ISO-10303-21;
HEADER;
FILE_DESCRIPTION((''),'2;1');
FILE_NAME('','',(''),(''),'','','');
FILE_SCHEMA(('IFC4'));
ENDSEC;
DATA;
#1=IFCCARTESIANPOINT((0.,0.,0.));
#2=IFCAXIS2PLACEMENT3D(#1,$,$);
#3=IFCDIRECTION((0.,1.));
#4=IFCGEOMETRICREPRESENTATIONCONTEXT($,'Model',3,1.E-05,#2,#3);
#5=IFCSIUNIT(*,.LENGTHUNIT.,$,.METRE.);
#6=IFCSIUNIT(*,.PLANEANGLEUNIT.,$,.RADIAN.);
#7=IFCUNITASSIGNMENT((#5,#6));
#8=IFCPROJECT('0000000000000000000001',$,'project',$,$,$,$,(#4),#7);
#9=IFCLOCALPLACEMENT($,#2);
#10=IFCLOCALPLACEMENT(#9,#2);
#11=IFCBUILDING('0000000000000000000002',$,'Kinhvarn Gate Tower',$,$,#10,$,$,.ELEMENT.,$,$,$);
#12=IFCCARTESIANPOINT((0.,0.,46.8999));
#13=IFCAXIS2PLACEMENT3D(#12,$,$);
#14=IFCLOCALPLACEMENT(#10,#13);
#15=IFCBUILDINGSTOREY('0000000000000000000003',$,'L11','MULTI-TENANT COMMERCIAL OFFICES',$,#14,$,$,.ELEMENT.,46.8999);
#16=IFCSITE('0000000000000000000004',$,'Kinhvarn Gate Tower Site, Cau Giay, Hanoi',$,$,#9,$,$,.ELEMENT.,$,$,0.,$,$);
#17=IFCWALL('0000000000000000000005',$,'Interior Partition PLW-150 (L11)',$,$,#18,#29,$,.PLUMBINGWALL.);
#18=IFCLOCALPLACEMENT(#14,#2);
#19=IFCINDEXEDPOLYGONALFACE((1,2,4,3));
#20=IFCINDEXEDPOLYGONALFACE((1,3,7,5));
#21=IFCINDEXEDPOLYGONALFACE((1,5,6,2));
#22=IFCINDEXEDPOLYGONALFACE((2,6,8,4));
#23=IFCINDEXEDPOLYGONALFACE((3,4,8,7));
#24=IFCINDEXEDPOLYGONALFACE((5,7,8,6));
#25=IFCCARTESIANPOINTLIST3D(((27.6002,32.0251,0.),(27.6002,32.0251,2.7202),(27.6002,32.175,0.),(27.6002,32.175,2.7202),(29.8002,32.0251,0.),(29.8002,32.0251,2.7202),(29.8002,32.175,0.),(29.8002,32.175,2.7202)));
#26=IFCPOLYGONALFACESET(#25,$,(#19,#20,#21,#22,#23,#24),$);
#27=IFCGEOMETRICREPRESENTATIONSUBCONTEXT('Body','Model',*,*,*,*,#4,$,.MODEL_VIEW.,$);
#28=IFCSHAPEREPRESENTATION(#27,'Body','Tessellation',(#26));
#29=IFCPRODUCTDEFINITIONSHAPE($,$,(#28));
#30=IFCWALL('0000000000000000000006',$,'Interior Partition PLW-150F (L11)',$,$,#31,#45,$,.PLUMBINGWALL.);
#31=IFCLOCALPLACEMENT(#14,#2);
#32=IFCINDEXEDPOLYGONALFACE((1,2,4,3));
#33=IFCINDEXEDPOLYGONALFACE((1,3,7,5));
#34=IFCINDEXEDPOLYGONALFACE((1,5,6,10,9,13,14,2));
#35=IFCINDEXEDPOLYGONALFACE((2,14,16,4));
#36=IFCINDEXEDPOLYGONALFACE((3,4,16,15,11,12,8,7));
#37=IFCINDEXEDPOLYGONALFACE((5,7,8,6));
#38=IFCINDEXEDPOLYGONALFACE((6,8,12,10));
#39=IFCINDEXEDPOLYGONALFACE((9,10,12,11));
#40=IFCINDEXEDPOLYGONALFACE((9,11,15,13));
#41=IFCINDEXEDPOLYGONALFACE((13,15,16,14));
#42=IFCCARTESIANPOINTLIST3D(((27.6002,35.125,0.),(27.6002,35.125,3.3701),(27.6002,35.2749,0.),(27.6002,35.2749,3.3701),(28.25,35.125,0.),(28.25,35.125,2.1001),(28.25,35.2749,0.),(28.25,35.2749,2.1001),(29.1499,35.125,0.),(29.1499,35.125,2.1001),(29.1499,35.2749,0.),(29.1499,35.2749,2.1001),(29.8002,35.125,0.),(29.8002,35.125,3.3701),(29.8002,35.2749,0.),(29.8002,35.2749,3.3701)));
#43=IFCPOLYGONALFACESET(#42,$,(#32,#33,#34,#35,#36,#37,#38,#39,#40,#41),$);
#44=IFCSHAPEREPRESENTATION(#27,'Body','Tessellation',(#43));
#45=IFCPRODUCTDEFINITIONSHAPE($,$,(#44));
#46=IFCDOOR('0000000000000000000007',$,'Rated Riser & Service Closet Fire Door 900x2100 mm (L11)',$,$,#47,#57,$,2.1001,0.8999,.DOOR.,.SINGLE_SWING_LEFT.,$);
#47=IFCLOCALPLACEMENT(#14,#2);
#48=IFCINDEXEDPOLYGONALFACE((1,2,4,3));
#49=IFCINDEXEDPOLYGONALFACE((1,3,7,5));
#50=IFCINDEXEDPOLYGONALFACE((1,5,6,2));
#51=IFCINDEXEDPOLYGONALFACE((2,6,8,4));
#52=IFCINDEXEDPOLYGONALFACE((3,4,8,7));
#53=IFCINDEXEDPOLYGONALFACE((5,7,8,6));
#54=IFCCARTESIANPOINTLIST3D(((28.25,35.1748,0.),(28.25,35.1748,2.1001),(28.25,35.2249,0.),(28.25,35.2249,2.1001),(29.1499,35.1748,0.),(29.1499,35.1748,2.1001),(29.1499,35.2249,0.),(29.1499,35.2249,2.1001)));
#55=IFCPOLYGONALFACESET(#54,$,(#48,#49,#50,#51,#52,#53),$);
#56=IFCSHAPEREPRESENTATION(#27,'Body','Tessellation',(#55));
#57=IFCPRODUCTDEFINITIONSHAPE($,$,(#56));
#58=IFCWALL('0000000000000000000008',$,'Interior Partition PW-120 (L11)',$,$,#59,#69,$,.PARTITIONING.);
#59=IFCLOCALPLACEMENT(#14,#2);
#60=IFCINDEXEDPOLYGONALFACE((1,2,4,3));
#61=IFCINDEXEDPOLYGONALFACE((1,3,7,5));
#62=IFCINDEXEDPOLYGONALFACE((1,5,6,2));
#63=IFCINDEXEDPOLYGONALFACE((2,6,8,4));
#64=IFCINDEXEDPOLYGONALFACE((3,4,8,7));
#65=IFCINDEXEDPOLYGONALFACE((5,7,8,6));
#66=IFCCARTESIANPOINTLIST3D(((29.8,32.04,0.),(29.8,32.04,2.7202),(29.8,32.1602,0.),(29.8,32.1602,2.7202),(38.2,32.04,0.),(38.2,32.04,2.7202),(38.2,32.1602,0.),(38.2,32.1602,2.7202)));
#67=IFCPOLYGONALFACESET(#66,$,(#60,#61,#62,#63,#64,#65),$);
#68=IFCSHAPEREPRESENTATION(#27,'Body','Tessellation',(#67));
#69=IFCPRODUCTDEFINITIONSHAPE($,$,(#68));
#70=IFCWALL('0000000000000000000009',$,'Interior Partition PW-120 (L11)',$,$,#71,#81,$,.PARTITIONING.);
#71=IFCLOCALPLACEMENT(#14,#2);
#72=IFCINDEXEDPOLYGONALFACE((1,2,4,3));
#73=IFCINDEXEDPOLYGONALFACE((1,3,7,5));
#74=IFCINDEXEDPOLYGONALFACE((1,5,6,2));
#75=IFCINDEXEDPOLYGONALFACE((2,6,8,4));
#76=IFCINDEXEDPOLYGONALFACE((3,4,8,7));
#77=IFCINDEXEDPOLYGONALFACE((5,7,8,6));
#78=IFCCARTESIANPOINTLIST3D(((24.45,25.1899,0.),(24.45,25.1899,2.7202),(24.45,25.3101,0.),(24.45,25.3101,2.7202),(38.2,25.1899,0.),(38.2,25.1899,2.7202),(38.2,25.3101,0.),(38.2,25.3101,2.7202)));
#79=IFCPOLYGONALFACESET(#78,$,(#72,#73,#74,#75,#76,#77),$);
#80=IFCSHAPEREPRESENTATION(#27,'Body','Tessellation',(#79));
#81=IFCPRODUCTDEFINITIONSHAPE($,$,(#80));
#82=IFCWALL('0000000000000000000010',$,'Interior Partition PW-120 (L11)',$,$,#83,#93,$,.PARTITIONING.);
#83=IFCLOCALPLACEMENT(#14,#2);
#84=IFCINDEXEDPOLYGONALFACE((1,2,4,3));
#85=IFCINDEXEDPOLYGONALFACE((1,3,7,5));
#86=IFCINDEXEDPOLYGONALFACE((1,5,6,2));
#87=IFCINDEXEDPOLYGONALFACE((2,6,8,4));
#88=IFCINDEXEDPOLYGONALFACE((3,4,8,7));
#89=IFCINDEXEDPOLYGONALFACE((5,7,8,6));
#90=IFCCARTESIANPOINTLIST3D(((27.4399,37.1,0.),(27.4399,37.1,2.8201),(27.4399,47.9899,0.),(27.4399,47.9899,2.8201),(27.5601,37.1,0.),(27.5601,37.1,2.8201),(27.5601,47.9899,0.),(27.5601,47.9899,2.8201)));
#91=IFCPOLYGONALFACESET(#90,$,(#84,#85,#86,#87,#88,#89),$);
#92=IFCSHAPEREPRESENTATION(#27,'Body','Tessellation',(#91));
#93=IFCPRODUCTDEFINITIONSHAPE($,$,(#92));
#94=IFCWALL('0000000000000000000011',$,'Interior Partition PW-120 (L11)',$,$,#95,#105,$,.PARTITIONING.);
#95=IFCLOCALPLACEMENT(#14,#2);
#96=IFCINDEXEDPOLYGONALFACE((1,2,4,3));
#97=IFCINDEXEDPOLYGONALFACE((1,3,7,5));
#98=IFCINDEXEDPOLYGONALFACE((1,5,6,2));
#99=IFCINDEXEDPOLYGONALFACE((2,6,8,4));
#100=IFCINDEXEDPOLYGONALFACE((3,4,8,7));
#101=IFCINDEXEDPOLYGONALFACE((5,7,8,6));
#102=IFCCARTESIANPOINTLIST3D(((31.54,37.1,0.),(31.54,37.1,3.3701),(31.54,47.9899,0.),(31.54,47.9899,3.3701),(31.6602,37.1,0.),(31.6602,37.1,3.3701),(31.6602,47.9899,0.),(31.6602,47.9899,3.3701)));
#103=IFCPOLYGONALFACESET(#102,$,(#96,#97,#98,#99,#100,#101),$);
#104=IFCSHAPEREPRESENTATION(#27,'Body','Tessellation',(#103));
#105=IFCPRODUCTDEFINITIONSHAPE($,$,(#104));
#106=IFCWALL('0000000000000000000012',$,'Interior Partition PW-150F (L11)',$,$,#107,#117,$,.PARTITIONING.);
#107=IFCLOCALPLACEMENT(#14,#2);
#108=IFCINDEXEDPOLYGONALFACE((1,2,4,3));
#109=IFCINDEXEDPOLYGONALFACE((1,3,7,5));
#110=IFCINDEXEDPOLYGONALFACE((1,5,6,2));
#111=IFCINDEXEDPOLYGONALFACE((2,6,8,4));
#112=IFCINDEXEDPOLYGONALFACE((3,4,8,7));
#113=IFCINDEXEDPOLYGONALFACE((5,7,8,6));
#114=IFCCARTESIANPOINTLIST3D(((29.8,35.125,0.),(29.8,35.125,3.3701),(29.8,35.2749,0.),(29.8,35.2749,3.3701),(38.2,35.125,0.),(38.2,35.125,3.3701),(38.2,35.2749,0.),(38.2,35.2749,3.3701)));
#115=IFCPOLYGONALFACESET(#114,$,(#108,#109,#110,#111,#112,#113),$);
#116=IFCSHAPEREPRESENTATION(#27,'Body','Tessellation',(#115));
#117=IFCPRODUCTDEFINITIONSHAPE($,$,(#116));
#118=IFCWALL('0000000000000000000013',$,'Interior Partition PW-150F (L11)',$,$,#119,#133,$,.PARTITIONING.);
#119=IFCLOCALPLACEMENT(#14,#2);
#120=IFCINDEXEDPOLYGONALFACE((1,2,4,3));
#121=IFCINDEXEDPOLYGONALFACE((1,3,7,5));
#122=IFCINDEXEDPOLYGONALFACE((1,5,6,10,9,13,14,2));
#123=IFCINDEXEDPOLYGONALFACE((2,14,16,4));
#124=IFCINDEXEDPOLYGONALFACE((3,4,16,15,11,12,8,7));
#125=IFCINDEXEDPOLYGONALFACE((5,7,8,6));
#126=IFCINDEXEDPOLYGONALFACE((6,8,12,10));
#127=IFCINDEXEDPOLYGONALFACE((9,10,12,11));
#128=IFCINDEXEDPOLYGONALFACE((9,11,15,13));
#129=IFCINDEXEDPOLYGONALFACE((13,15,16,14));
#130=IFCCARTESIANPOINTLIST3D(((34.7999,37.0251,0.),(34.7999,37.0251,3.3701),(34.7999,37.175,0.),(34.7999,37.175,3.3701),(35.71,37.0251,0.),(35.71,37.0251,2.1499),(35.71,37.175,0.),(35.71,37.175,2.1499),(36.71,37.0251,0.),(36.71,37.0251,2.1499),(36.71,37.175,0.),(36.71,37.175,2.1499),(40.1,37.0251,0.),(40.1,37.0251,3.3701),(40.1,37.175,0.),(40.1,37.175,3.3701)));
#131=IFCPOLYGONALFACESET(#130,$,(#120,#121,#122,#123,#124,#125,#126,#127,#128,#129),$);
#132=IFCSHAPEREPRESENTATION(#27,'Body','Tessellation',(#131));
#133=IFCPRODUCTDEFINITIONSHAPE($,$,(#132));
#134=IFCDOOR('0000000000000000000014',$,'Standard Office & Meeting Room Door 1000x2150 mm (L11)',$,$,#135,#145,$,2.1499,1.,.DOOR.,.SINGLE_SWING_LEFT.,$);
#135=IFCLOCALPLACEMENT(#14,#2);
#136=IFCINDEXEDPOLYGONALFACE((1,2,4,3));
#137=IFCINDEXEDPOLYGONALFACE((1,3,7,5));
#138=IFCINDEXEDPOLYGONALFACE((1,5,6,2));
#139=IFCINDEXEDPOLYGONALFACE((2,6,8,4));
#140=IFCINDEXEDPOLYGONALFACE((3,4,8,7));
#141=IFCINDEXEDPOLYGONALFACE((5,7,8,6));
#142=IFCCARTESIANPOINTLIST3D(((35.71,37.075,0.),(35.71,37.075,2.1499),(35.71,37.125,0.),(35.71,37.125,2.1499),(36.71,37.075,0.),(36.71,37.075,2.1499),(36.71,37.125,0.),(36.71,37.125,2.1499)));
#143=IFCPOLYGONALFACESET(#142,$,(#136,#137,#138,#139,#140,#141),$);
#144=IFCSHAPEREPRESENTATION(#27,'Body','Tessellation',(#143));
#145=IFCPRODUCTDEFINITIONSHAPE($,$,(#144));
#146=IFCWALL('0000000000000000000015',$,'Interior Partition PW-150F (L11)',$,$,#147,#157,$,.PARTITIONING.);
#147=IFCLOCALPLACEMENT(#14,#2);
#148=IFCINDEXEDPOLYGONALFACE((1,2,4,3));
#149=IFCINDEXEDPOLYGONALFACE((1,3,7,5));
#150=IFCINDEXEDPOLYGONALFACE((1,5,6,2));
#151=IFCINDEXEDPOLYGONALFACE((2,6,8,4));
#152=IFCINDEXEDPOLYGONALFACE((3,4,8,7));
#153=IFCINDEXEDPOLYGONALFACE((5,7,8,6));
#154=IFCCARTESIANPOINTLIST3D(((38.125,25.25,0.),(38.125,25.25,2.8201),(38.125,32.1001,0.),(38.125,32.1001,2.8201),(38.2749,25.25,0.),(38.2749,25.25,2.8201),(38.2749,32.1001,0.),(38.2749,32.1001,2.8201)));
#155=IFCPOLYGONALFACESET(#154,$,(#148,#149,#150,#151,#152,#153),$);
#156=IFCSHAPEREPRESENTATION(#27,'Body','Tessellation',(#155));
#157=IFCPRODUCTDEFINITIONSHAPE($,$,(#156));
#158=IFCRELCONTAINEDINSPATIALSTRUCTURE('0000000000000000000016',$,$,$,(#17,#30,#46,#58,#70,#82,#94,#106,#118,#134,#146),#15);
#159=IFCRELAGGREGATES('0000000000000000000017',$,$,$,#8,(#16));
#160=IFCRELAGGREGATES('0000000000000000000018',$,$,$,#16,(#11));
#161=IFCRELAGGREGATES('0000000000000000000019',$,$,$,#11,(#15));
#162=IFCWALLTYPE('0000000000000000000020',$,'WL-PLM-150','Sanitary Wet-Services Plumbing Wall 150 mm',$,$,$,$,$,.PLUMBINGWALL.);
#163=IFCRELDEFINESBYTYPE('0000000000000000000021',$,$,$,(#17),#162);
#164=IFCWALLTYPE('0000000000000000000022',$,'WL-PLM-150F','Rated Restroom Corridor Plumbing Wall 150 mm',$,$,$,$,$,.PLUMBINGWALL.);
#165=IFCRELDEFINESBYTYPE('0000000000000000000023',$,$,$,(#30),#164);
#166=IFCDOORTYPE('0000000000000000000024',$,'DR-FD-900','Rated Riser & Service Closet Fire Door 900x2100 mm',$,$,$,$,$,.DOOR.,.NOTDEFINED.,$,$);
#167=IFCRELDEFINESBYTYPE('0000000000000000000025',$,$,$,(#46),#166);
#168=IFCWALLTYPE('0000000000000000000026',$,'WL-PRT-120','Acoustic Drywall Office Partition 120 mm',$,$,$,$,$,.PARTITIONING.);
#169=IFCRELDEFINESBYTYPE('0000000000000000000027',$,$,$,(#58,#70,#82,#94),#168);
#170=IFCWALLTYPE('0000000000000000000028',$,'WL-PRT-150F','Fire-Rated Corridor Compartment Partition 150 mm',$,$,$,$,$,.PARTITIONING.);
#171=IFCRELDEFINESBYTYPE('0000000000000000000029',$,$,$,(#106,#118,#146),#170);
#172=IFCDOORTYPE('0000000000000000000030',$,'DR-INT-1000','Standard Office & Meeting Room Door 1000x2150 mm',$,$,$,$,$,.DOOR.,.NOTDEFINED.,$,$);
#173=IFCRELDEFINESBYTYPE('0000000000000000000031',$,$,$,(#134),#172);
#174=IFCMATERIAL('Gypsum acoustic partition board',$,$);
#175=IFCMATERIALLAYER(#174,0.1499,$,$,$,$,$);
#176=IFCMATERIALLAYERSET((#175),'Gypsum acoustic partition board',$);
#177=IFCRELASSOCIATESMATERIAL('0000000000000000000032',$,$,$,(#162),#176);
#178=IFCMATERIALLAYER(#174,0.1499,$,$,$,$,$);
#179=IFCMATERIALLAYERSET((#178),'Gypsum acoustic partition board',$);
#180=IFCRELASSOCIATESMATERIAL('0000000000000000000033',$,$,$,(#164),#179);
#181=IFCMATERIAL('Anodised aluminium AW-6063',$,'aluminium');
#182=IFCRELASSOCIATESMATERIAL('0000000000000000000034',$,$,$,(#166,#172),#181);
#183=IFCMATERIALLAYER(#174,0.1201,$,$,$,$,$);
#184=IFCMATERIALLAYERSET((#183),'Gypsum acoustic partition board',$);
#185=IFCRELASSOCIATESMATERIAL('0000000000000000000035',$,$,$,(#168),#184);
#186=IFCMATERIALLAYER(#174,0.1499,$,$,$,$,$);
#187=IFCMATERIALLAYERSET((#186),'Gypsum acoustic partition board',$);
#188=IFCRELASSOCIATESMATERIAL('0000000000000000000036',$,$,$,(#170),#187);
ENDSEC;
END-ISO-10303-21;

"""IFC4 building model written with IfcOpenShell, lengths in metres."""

from ifc_helpers import new_model, si_unit, direction, frame, frame_2d, origin, place, context, subcontext, project, spatial, rectangle, extrude, material, layer, layer_set, type_object, element, fill, save


model = new_model("IFC4")

# Units and contexts
model_context = context("Model", 3, precision=1e-05, world=origin(), true_north=direction((0.0, 1.0)))
body_context = subcontext(model_context, "Body", "Model", "MODEL_VIEW")
ifc_project = project(units=[si_unit("LENGTHUNIT", "METRE"), si_unit("PLANEANGLEUNIT", "RADIAN")], contexts=[model_context])

# Site, building, storey
site_placement = place(None, origin())
site = spatial("IfcSite", under=ifc_project, at=site_placement, Name="Kinhvarn Gate Tower Site, Cau Giay, Hanoi", CompositionType="ELEMENT", RefElevation=0.0)
building_placement = place(site_placement, origin())
building = spatial("IfcBuilding", under=site, at=building_placement, Name="Kinhvarn Gate Tower", CompositionType="ELEMENT")
storey_placement = place(building_placement, frame((0.0, 0.0, 46.8999)))
storey = spatial("IfcBuildingStorey", under=building, at=storey_placement, Name="L11", Description="MULTI-TENANT COMMERCIAL OFFICES", CompositionType="ELEMENT", Elevation=46.8999)

# Wall
ifc_material_1 = material(Name="Gypsum acoustic partition board")
ifc_layer_1 = layer(ifc_material_1, 0.1499)
ifc_layer_set_1 = layer_set([ifc_layer_1], Name="Gypsum acoustic partition board")
wall_type_1 = type_object("IfcWallType", Name="WL-PLM-150", Description="Sanitary Wet-Services Plumbing Wall 150 mm", PredefinedType="PLUMBINGWALL", material=ifc_layer_set_1)
wall_1_placement = place(storey_placement, frame((27.6001, 32.1001, 0.0), z_axis=(0.0, 0.0, 1.0), x_axis=(1.0, 0.0, 0.0)))
element("IfcWall", 1, at=wall_1_placement, inside=storey, type_object=wall_type_1, Name="Interior Partition PLW-150 (L11)", PredefinedType="PLUMBINGWALL", context=body_context, shape_type="SweptSolid", body=[
    extrude(rectangle(XDim=2.2, YDim=0.1499, at=frame_2d((1.1001, 0.0))), origin(), (0.0, 0.0, 1.0), 2.7202),
])

# Wall, opening, door
ifc_layer_2 = layer(ifc_material_1, 0.1499)
ifc_layer_set_2 = layer_set([ifc_layer_2], Name="Gypsum acoustic partition board")
wall_type_2 = type_object("IfcWallType", Name="WL-PLM-150F", Description="Rated Restroom Corridor Plumbing Wall 150 mm", PredefinedType="PLUMBINGWALL", material=ifc_layer_set_2)
wall_2_placement = place(storey_placement, frame((27.6001, 35.2, 0.0), z_axis=(0.0, 0.0, 1.0), x_axis=(1.0, 0.0, 0.0)))
wall_2 = element("IfcWall", 2, at=wall_2_placement, inside=storey, type_object=wall_type_2, Name="Interior Partition PLW-150F (L11)", PredefinedType="PLUMBINGWALL", context=body_context, shape_type="SweptSolid", body=[
    extrude(rectangle(XDim=2.2, YDim=0.1499, at=frame_2d((1.1001, 0.0))), origin(), (0.0, 0.0, 1.0), 3.3701),
])
opening_1_placement = place(wall_2_placement, frame((0.6499, 0.0, 0.0)))
opening_1 = element("IfcOpeningElement", 3, at=opening_1_placement, cuts=wall_2, PredefinedType="OPENING", context=body_context, shape_type="SweptSolid", body=[
    extrude(rectangle(XDim=0.8999, YDim=2.1001, at=frame_2d((0.45, 1.05))), frame((0.0, 0.085, 0.0), z_axis=(0.0, -1.0, 0.0), x_axis=(1.0, 0.0, 0.0)), (0.0, 0.0, 1.0), 0.1699),
])
ifc_material_2 = material(Name="Anodised aluminium AW-6063", Category="aluminium")
door_type_1 = type_object("IfcDoorType", Name="DR-FD-900", Description="Rated Riser & Service Closet Fire Door 900x2100 mm", OperationType="NOTDEFINED", PredefinedType="DOOR", material=ifc_material_2)
door_1_placement = place(opening_1_placement, origin())
door_1 = element("IfcDoor", 4, at=door_1_placement, inside=storey, type_object=door_type_1, Name="Rated Riser & Service Closet Fire Door 900x2100 mm (L11)", OperationType="SINGLE_SWING_LEFT", OverallHeight=2.1001, OverallWidth=0.8999, PredefinedType="DOOR", context=body_context, shape_type="SweptSolid", body=[
    extrude(rectangle(XDim=0.8999, YDim=2.1001, at=frame_2d((0.45, 1.05))), frame((0.0, 0.0249, 0.0), z_axis=(0.0, -1.0, 0.0), x_axis=(1.0, 0.0, 0.0)), (0.0, 0.0, 1.0), 0.05),
])
fill(opening_1, door_1)

# Walls
ifc_layer_3 = layer(ifc_material_1, 0.1201)
ifc_layer_set_3 = layer_set([ifc_layer_3], Name="Gypsum acoustic partition board")
wall_type_3 = type_object("IfcWallType", Name="WL-PRT-120", Description="Acoustic Drywall Office Partition 120 mm", PredefinedType="PARTITIONING", material=ifc_layer_set_3)
wall_3_placement = place(storey_placement, frame((29.8, 32.1001, 0.0), z_axis=(0.0, 0.0, 1.0), x_axis=(1.0, 0.0, 0.0)))
element("IfcWall", 5, at=wall_3_placement, inside=storey, type_object=wall_type_3, Name="Interior Partition PW-120 (L11)", PredefinedType="PARTITIONING", context=body_context, shape_type="SweptSolid", body=[
    extrude(rectangle(XDim=8.3999, YDim=0.1201, at=frame_2d((4.2, 0.0))), origin(), (0.0, 0.0, 1.0), 2.7202),
])
wall_4_placement = place(storey_placement, frame((24.45, 25.25, 0.0), z_axis=(0.0, 0.0, 1.0), x_axis=(1.0, 0.0, 0.0)))
element("IfcWall", 6, at=wall_4_placement, inside=storey, type_object=wall_type_3, Name="Interior Partition PW-120 (L11)", PredefinedType="PARTITIONING", context=body_context, shape_type="SweptSolid", body=[
    extrude(rectangle(XDim=13.75, YDim=0.1201, at=frame_2d((6.875, 0.0))), origin(), (0.0, 0.0, 1.0), 2.7202),
])
wall_5_placement = place(storey_placement, frame((27.5, 37.1001, 0.0), z_axis=(0.0, 0.0, 1.0), x_axis=(0.0, 1.0, 0.0)))
element("IfcWall", 7, at=wall_5_placement, inside=storey, type_object=wall_type_3, Name="Interior Partition PW-120 (L11)", PredefinedType="PARTITIONING", context=body_context, shape_type="SweptSolid", body=[
    extrude(rectangle(XDim=10.8899, YDim=0.1201, at=frame_2d((5.4448, 0.0))), origin(), (0.0, 0.0, 1.0), 2.8201),
])
wall_6_placement = place(storey_placement, frame((31.6001, 37.1001, 0.0), z_axis=(0.0, 0.0, 1.0), x_axis=(0.0, 1.0, 0.0)))
element("IfcWall", 8, at=wall_6_placement, inside=storey, type_object=wall_type_3, Name="Interior Partition PW-120 (L11)", PredefinedType="PARTITIONING", context=body_context, shape_type="SweptSolid", body=[
    extrude(rectangle(XDim=10.8899, YDim=0.1201, at=frame_2d((5.4448, 0.0))), origin(), (0.0, 0.0, 1.0), 3.3701),
])
ifc_layer_4 = layer(ifc_material_1, 0.1499)
ifc_layer_set_4 = layer_set([ifc_layer_4], Name="Gypsum acoustic partition board")
wall_type_4 = type_object("IfcWallType", Name="WL-PRT-150F", Description="Fire-Rated Corridor Compartment Partition 150 mm", PredefinedType="PARTITIONING", material=ifc_layer_set_4)
wall_7_placement = place(storey_placement, frame((29.8, 35.2, 0.0), z_axis=(0.0, 0.0, 1.0), x_axis=(1.0, 0.0, 0.0)))
element("IfcWall", 9, at=wall_7_placement, inside=storey, type_object=wall_type_4, Name="Interior Partition PW-150F (L11)", PredefinedType="PARTITIONING", context=body_context, shape_type="SweptSolid", body=[
    extrude(rectangle(XDim=8.3999, YDim=0.1499, at=frame_2d((4.2, 0.0))), origin(), (0.0, 0.0, 1.0), 3.3701),
])

# Wall, opening, door
door_type_2 = type_object("IfcDoorType", Name="DR-INT-1000", Description="Standard Office & Meeting Room Door 1000x2150 mm", OperationType="NOTDEFINED", PredefinedType="DOOR", material=ifc_material_2)
wall_8_placement = place(storey_placement, frame((34.8, 37.1001, 0.0), z_axis=(0.0, 0.0, 1.0), x_axis=(1.0, 0.0, 0.0)))
wall_8 = element("IfcWall", 10, at=wall_8_placement, inside=storey, type_object=wall_type_4, Name="Interior Partition PW-150F (L11)", PredefinedType="PARTITIONING", context=body_context, shape_type="SweptSolid", body=[
    extrude(rectangle(XDim=5.3, YDim=0.1499, at=frame_2d((2.6499, 0.0))), origin(), (0.0, 0.0, 1.0), 3.3701),
])
opening_2_placement = place(wall_8_placement, frame((0.9099, 0.0, 0.0)))
opening_2 = element("IfcOpeningElement", 11, at=opening_2_placement, cuts=wall_8, PredefinedType="OPENING", context=body_context, shape_type="SweptSolid", body=[
    extrude(rectangle(XDim=1.0, YDim=2.1499, at=frame_2d((0.5, 1.075))), frame((0.0, 0.085, 0.0), z_axis=(0.0, -1.0, 0.0), x_axis=(1.0, 0.0, 0.0)), (0.0, 0.0, 1.0), 0.1699),
])
door_2_placement = place(opening_2_placement, origin())
door_2 = element("IfcDoor", 12, at=door_2_placement, inside=storey, type_object=door_type_2, Name="Standard Office & Meeting Room Door 1000x2150 mm (L11)", OperationType="SINGLE_SWING_LEFT", OverallHeight=2.1499, OverallWidth=1.0, PredefinedType="DOOR", context=body_context, shape_type="SweptSolid", body=[
    extrude(rectangle(XDim=1.0, YDim=2.1499, at=frame_2d((0.5, 1.075))), frame((0.0, 0.0249, 0.0), z_axis=(0.0, -1.0, 0.0), x_axis=(1.0, 0.0, 0.0)), (0.0, 0.0, 1.0), 0.05),
])
fill(opening_2, door_2)

# Wall
wall_9_placement = place(storey_placement, frame((38.2, 25.25, 0.0), z_axis=(0.0, 0.0, 1.0), x_axis=(0.0, 1.0, 0.0)))
element("IfcWall", 13, at=wall_9_placement, inside=storey, type_object=wall_type_4, Name="Interior Partition PW-150F (L11)", PredefinedType="PARTITIONING", context=body_context, shape_type="SweptSolid", body=[
    extrude(rectangle(XDim=6.8501, YDim=0.1499, at=frame_2d((3.425, 0.0))), origin(), (0.0, 0.0, 1.0), 2.8201),
])

save(model, "model.ifc")
